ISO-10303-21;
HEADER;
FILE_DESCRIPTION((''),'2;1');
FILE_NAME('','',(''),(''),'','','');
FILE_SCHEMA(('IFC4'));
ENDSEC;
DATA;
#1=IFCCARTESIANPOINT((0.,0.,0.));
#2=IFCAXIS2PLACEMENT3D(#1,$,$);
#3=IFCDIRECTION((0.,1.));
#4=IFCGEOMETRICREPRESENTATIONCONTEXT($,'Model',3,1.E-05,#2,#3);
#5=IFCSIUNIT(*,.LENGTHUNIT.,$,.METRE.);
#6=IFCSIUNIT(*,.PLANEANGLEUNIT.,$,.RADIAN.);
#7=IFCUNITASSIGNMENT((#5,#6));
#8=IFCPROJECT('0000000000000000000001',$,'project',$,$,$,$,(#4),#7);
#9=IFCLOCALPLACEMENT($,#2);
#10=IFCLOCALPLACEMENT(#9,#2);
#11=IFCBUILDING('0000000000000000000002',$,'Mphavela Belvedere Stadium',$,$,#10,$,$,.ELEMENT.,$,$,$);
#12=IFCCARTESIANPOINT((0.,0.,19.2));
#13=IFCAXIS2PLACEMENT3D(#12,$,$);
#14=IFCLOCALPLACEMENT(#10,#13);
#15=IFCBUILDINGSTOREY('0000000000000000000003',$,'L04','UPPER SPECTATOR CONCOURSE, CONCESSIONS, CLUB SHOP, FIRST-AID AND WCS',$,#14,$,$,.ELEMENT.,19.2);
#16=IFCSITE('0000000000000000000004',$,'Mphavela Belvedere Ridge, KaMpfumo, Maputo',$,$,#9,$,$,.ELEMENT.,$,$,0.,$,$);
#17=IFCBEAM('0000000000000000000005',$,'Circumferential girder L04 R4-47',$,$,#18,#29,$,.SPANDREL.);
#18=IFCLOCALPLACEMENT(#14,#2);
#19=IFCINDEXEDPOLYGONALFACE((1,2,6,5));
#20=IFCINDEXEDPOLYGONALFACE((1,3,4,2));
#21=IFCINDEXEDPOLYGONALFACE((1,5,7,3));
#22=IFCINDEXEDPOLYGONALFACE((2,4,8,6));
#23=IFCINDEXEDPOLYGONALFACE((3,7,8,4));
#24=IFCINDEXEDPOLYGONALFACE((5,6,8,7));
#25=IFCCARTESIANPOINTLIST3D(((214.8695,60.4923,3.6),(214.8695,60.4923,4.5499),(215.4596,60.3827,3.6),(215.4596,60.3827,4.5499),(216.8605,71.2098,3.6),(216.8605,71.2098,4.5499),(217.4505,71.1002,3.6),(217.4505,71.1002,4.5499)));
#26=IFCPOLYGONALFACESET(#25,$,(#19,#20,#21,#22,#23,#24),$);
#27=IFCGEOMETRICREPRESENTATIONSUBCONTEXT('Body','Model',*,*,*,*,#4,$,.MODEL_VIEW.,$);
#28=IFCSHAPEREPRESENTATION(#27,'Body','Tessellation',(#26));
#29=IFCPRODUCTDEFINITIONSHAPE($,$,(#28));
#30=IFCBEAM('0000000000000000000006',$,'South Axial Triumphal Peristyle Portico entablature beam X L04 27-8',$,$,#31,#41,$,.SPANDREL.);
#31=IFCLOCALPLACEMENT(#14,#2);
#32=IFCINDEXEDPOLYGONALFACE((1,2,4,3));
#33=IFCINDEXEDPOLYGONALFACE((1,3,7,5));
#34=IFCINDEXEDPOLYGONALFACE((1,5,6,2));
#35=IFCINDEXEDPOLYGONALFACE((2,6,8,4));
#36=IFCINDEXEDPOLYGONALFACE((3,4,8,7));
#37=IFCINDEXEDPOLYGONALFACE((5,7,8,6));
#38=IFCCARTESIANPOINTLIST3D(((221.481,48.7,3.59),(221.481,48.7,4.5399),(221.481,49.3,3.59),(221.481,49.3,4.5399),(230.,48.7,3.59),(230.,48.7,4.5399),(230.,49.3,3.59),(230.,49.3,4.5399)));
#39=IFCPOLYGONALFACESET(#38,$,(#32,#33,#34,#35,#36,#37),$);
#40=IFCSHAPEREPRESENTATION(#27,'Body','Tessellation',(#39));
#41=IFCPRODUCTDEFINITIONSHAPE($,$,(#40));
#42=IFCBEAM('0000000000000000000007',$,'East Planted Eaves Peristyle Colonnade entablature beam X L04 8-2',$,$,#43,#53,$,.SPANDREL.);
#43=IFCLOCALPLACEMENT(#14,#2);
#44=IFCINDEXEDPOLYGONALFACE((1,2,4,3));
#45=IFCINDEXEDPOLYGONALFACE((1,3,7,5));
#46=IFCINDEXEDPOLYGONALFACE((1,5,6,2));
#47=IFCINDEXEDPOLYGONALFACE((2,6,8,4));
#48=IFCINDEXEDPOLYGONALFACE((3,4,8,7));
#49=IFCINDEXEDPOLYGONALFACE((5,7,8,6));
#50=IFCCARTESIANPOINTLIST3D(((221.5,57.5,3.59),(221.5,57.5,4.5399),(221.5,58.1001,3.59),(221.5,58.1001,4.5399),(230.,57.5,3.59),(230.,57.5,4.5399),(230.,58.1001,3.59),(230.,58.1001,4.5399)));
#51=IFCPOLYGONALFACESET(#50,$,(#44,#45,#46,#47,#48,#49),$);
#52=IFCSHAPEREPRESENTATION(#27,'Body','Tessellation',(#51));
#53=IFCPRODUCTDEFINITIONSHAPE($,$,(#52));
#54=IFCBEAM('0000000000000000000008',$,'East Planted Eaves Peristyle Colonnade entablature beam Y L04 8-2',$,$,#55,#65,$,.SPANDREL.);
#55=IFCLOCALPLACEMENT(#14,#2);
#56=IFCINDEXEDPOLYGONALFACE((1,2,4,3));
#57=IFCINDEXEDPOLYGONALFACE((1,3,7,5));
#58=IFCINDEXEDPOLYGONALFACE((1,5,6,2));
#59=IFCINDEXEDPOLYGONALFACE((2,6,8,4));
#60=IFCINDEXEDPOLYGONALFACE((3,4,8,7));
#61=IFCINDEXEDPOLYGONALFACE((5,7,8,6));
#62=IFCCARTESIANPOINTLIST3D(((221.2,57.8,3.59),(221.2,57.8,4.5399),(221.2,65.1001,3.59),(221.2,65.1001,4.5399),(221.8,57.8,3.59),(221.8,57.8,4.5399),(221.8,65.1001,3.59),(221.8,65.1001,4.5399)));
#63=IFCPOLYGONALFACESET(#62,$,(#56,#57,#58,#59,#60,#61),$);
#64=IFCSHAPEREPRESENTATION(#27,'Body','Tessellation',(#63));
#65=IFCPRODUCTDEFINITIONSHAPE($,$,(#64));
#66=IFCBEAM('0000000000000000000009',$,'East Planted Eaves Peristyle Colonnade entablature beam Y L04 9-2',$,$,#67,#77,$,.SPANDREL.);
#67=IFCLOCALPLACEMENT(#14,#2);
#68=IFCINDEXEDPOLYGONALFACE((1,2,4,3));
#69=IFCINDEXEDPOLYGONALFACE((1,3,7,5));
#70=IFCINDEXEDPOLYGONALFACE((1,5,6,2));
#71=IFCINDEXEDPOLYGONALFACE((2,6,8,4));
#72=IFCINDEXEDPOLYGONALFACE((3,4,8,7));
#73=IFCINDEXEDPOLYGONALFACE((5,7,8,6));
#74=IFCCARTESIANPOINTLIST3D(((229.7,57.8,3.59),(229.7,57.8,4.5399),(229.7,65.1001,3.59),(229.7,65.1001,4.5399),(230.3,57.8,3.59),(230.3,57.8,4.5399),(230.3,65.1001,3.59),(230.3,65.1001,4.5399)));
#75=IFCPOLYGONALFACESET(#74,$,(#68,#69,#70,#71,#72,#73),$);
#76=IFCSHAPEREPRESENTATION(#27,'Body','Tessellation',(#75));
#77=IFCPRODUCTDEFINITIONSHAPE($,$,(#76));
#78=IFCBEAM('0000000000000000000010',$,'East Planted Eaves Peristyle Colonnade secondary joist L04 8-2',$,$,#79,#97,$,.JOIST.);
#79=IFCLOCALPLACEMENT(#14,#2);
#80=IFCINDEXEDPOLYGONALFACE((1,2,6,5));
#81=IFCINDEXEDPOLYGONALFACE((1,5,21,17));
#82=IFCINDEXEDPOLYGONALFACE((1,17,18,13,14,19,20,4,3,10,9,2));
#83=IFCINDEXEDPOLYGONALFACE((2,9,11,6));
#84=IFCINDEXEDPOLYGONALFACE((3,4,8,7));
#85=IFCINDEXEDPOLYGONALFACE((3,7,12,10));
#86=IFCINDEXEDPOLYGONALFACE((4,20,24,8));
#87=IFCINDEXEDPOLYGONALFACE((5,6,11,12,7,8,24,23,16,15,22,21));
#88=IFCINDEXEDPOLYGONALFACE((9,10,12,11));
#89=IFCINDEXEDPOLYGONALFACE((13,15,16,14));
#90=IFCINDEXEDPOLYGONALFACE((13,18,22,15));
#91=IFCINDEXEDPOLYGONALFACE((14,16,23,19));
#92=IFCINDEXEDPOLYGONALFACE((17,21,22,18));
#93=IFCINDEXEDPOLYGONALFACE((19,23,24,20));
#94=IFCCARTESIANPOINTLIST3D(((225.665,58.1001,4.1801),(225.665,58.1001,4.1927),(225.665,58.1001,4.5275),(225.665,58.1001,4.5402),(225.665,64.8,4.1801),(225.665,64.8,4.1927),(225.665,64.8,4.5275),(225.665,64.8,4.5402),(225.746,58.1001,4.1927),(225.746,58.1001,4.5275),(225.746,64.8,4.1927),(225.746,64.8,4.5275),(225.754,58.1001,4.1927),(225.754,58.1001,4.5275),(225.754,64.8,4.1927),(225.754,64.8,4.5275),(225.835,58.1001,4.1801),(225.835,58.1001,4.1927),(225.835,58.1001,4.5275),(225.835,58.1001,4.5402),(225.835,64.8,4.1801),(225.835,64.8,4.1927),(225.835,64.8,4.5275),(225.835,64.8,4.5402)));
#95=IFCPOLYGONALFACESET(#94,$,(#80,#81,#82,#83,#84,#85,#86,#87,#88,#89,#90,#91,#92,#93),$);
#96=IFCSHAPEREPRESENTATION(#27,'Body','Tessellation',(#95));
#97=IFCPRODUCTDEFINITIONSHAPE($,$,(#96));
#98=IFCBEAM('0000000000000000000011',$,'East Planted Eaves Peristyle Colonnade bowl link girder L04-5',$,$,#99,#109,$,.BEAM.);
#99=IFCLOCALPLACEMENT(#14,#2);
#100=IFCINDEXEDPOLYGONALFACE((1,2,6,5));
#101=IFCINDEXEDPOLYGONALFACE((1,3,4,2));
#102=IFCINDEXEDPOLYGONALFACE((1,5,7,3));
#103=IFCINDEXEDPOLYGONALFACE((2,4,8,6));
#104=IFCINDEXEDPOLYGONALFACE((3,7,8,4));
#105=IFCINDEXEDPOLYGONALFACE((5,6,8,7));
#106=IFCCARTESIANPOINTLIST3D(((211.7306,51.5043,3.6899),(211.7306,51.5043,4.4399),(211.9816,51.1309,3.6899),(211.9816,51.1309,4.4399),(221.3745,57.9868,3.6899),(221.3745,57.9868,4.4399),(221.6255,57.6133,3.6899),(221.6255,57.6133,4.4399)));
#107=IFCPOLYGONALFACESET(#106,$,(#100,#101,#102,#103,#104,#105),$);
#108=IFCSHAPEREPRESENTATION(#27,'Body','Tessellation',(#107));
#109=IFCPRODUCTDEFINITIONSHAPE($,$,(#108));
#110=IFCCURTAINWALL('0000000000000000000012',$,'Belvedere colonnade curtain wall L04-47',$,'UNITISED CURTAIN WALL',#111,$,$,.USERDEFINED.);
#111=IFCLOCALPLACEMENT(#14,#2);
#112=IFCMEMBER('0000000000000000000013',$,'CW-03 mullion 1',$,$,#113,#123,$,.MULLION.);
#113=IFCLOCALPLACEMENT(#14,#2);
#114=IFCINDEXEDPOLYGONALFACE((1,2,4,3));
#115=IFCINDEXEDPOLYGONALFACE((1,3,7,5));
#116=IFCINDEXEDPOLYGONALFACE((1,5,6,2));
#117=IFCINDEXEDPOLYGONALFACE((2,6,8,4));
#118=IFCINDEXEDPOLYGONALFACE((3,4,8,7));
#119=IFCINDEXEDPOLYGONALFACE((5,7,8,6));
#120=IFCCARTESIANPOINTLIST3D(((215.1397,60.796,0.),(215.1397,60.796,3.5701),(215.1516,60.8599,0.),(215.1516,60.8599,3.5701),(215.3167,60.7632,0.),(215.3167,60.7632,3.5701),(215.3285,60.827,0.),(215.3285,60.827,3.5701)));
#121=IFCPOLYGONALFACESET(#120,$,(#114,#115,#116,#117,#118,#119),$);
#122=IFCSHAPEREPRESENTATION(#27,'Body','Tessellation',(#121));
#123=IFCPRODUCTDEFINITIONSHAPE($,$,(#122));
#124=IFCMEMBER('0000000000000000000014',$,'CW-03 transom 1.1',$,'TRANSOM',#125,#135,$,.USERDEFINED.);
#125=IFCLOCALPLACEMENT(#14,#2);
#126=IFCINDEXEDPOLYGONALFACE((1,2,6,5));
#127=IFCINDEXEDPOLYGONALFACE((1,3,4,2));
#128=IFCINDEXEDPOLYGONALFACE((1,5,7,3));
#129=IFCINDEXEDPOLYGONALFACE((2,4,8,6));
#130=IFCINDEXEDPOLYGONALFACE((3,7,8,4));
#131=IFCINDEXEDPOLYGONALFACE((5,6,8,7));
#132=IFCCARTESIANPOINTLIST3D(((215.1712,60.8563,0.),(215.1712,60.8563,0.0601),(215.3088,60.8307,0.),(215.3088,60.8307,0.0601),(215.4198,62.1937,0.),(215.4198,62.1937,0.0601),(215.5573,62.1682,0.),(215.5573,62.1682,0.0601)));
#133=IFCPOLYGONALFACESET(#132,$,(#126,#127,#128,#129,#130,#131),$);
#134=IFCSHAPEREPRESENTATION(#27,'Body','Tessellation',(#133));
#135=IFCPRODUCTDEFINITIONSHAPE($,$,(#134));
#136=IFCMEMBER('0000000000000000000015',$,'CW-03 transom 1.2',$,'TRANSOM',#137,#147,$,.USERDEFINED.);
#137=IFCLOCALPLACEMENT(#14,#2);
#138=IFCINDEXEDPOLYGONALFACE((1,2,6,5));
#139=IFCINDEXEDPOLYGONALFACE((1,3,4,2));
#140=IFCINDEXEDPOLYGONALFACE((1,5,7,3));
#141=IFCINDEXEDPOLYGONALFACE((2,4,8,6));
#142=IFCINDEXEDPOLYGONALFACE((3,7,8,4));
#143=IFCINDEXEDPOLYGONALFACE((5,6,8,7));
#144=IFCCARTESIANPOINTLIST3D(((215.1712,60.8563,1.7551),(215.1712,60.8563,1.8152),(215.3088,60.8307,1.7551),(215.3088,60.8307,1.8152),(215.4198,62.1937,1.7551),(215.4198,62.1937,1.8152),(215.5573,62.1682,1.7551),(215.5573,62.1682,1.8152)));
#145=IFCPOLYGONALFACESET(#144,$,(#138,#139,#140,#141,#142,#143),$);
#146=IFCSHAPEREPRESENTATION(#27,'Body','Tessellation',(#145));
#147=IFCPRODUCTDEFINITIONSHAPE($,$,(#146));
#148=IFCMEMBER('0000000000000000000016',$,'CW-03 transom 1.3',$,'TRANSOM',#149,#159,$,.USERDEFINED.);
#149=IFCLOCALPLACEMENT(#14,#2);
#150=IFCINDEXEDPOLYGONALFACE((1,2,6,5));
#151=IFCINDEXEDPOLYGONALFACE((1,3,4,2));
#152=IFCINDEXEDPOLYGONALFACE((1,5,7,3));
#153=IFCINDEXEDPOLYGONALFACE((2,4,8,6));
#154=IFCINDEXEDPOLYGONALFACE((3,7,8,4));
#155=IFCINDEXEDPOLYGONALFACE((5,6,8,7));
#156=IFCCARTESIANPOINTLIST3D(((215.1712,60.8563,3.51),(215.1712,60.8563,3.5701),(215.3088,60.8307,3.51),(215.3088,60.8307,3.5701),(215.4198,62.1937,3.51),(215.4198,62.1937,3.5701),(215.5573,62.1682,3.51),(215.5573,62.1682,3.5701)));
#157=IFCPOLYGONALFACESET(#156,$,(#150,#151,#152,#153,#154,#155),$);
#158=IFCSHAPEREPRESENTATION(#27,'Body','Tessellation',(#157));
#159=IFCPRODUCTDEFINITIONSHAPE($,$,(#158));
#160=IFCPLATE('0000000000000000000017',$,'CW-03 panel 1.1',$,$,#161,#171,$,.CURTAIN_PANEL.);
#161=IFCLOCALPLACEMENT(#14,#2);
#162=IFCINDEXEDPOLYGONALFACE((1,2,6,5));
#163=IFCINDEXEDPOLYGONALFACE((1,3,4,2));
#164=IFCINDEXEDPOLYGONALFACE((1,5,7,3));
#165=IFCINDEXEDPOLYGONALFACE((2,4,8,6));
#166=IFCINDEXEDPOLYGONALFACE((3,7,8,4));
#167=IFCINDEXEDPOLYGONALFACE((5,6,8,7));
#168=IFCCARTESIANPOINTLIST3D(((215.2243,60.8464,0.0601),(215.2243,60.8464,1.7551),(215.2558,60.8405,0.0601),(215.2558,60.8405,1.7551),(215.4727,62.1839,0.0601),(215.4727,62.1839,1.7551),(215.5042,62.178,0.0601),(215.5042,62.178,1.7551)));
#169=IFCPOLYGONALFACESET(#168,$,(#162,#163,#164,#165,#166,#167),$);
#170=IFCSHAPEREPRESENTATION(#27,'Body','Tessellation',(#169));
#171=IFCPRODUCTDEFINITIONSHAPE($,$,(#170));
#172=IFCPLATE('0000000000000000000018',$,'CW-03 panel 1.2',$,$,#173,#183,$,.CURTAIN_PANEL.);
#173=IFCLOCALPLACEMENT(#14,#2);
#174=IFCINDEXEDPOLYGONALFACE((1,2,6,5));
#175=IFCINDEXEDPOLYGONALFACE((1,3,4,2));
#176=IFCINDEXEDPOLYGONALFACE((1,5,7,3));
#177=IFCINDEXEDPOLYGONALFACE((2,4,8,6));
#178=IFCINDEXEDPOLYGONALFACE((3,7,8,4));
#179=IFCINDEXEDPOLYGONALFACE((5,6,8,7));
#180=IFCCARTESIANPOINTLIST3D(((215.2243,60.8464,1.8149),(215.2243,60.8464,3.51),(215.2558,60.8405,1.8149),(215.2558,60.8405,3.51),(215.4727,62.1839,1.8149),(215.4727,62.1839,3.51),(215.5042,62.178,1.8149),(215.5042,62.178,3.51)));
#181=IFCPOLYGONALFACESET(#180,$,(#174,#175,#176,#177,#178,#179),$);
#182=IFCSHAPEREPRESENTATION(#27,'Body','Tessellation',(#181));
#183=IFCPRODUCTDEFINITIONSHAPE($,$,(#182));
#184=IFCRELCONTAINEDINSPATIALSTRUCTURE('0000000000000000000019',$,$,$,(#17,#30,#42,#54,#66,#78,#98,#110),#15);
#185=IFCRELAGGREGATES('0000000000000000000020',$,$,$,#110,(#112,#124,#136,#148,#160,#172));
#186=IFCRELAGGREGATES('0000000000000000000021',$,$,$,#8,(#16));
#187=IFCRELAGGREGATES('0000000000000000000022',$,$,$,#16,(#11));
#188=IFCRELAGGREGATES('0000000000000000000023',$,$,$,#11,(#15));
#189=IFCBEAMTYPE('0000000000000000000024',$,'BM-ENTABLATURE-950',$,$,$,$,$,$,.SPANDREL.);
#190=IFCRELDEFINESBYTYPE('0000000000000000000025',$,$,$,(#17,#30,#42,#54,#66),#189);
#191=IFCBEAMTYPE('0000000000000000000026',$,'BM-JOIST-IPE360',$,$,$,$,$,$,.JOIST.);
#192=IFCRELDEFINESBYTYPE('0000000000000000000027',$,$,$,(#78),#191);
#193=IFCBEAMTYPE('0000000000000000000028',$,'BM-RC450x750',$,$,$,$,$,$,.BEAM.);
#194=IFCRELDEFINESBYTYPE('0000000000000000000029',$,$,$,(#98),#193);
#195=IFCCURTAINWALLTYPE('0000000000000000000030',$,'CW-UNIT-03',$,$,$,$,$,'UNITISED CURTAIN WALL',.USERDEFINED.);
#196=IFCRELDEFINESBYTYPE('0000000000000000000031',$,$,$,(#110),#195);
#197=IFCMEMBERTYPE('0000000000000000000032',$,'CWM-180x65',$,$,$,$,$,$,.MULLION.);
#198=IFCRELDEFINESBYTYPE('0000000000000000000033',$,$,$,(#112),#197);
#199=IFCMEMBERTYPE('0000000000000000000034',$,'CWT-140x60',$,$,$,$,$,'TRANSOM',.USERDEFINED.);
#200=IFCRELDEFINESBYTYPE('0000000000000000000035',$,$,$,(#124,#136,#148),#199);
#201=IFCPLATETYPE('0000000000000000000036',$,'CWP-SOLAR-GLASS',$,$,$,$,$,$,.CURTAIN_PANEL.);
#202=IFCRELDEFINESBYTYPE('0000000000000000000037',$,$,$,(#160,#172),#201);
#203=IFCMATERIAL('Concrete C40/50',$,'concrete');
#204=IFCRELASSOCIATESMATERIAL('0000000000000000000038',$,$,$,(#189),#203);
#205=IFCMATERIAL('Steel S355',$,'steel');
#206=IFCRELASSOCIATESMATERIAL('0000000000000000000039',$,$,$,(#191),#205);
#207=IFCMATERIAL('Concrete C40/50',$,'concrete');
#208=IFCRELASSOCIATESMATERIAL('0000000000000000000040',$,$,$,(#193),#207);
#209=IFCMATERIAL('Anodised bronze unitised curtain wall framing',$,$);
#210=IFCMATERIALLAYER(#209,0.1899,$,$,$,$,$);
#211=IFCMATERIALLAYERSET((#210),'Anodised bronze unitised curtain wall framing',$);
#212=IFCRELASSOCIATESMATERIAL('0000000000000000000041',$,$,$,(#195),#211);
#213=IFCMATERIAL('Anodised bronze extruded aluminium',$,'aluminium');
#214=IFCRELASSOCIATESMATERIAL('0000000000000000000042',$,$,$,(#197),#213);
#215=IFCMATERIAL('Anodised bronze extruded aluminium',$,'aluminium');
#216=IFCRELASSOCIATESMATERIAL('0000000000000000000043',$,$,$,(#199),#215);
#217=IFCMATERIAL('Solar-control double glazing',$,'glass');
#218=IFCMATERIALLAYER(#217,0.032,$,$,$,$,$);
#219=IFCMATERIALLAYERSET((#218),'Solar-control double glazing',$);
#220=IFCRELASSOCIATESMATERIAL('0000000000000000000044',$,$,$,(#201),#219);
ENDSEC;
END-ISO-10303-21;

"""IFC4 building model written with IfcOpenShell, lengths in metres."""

from ifc_helpers import new_model, si_unit, direction, frame, origin, origin_2d, place, context, subcontext, project, spatial, rectangle, i_section, extrude, material, layer, layer_set, material_profile, profile_set, type_object, element, aggregate, save


model = new_model("IFC4")

# Units and contexts
model_context = context("Model", 3, precision=1e-05, world=origin(), true_north=direction((0.0, 1.0)))
body_context = subcontext(model_context, "Body", "Model", "MODEL_VIEW")
ifc_project = project(units=[si_unit("LENGTHUNIT", "METRE"), si_unit("PLANEANGLEUNIT", "RADIAN")], contexts=[model_context])

# Site, building, storey
site_placement = place(None, origin())
site = spatial("IfcSite", under=ifc_project, at=site_placement, Name="Mphavela Belvedere Ridge, KaMpfumo, Maputo", CompositionType="ELEMENT", RefElevation=0.0)
building_placement = place(site_placement, origin())
building = spatial("IfcBuilding", under=site, at=building_placement, Name="Mphavela Belvedere Stadium", CompositionType="ELEMENT")
storey_placement = place(building_placement, frame((0.0, 0.0, 19.2)))
storey = spatial("IfcBuildingStorey", under=building, at=storey_placement, Name="L04", Description="UPPER SPECTATOR CONCOURSE, CONCESSIONS, CLUB SHOP, FIRST-AID AND WCS", CompositionType="ELEMENT", Elevation=19.2)

# Beams
ifc_material_1 = material(Name="Concrete C40/50", Category="concrete")
ifc_material_profile_1 = material_profile(ifc_material_1, rectangle(XDim=0.6001, YDim=0.95, at=origin_2d()), Name="RC 600x950")
ifc_profile_set_1 = profile_set([ifc_material_profile_1], Name="Concrete C40/50")
beam_type_1 = type_object("IfcBeamType", Name="BM-ENTABLATURE-950", PredefinedType="SPANDREL", material=ifc_profile_set_1)
beam_1_placement = place(storey_placement, frame((215.1646, 60.4375, 4.075), z_axis=(0.182643, 0.983179, 0.0), x_axis=(-0.983179, 0.182643, 0.0)))
element("IfcBeam", 1, at=beam_1_placement, inside=storey, type_object=beam_type_1, Name="Circumferential girder L04 R4-47", PredefinedType="SPANDREL", context=body_context, shape_type="SweptSolid", body=[
    extrude(rectangle(XDim=0.6001, YDim=0.95, at=origin_2d()), origin(), (0.0, 0.0, 1.0), 10.9009),
])
beam_2_placement = place(storey_placement, frame((221.481, 49.0, 4.0649), z_axis=(1.0, 0.0, 0.0), x_axis=(0.0, 1.0, 0.0)))
element("IfcBeam", 2, at=beam_2_placement, inside=storey, type_object=beam_type_1, Name="South Axial Triumphal Peristyle Portico entablature beam X L04 27-8", PredefinedType="SPANDREL", context=body_context, shape_type="SweptSolid", body=[
    extrude(rectangle(XDim=0.6001, YDim=0.95, at=origin_2d()), origin(), (0.0, 0.0, 1.0), 8.519),
])
beam_3_placement = place(storey_placement, frame((221.5, 57.8, 4.0649), z_axis=(1.0, 0.0, 0.0), x_axis=(0.0, 1.0, 0.0)))
element("IfcBeam", 3, at=beam_3_placement, inside=storey, type_object=beam_type_1, Name="East Planted Eaves Peristyle Colonnade entablature beam X L04 8-2", PredefinedType="SPANDREL", context=body_context, shape_type="SweptSolid", body=[
    extrude(rectangle(XDim=0.6001, YDim=0.95, at=origin_2d()), origin(), (0.0, 0.0, 1.0), 8.5),
])
for number, where, z_axis, x_axis, name in (
    (4, (221.5, 57.8, 4.0649), (0.0, 1.0, 0.0), (-1.0, 0.0, 0.0), "East Planted Eaves Peristyle Colonnade entablature beam Y L04 8-2"),
    (5, (230.0, 57.8, 4.0649), (0.0, 1.0, 0.0), (-1.0, 0.0, 0.0), "East Planted Eaves Peristyle Colonnade entablature beam Y L04 9-2"),
):
    element("IfcBeam", number, at=place(storey_placement, frame(where, z_axis=z_axis, x_axis=x_axis)), inside=storey, type_object=beam_type_1, Name=name, PredefinedType="SPANDREL", context=body_context, shape_type="SweptSolid", body=[
        extrude(rectangle(XDim=0.6001, YDim=0.95, at=origin_2d()), origin(), (0.0, 0.0, 1.0), 7.3),
    ])
ifc_material_2 = material(Name="Steel S355", Category="steel")
ifc_material_profile_2 = material_profile(ifc_material_2, i_section(OverallWidth=0.1699, OverallDepth=0.3601, WebThickness=0.0081, FlangeThickness=0.0127, at=origin_2d()), Name="IPE 360")
ifc_profile_set_2 = profile_set([ifc_material_profile_2], Name="Steel S355")
beam_type_2 = type_object("IfcBeamType", Name="BM-JOIST-IPE360", PredefinedType="JOIST", material=ifc_profile_set_2)
beam_4_placement = place(storey_placement, frame((225.75, 58.1001, 4.3601), z_axis=(0.0, 1.0, 0.0), x_axis=(-1.0, 0.0, 0.0)))
element("IfcBeam", 6, at=beam_4_placement, inside=storey, type_object=beam_type_2, Name="East Planted Eaves Peristyle Colonnade secondary joist L04 8-2", PredefinedType="JOIST", context=body_context, shape_type="SweptSolid", body=[
    extrude(i_section(OverallWidth=0.1699, OverallDepth=0.3601, WebThickness=0.0081, FlangeThickness=0.0127, at=origin_2d()), origin(), (0.0, 0.0, 1.0), 6.7),
])
ifc_material_3 = material(Name="Concrete C40/50", Category="concrete")
ifc_material_profile_3 = material_profile(ifc_material_3, rectangle(XDim=0.45, YDim=0.75, at=origin_2d()), Name="RC 450x750")
ifc_profile_set_3 = profile_set([ifc_material_profile_3], Name="Concrete C40/50")
beam_type_3 = type_object("IfcBeamType", Name="BM-RC450x750", PredefinedType="BEAM", material=ifc_profile_set_3)
beam_5_placement = place(storey_placement, frame((221.5, 57.8, 4.0649), z_axis=(-0.82993, -0.557867, 0.0), x_axis=(0.557867, -0.82993, 0.0)))
element("IfcBeam", 7, at=beam_5_placement, inside=storey, type_object=beam_type_3, Name="East Planted Eaves Peristyle Colonnade bowl link girder L04-5", PredefinedType="BEAM", context=body_context, shape_type="SweptSolid", body=[
    extrude(rectangle(XDim=0.45, YDim=0.75, at=origin_2d()), origin(), (0.0, 0.0, 1.0), 11.6201),
])

# Curtain wall, members, plates
ifc_material_4 = material(Name="Anodised bronze unitised curtain wall framing")
ifc_layer_1 = layer(ifc_material_4, 0.1899)
ifc_layer_set_1 = layer_set([ifc_layer_1], Name="Anodised bronze unitised curtain wall framing")
curtain_wall_type = type_object("IfcCurtainWallType", Name="CW-UNIT-03", ElementType="UNITISED CURTAIN WALL", PredefinedType="USERDEFINED", material=ifc_layer_set_1)
curtain_wall_placement = place(storey_placement, origin())
curtain_wall = element("IfcCurtainWall", 8, at=curtain_wall_placement, inside=storey, type_object=curtain_wall_type, Name="Belvedere colonnade curtain wall L04-47", ObjectType="UNITISED CURTAIN WALL", PredefinedType="USERDEFINED")
ifc_material_5 = material(Name="Anodised bronze extruded aluminium", Category="aluminium")
ifc_material_profile_4 = material_profile(ifc_material_5, rectangle(XDim=0.1799, YDim=0.0649, at=origin_2d()), Name="CW-MUL 180x65")
ifc_profile_set_4 = profile_set([ifc_material_profile_4], Name="Anodised bronze extruded aluminium")
member_type_1 = type_object("IfcMemberType", Name="CWM-180x65", PredefinedType="MULLION", material=ifc_profile_set_4)
member_1_placement = place(storey_placement, frame((215.2341, 60.8115, 0.0), z_axis=(0.0, 0.0, 1.0), x_axis=(-0.983184, 0.182618, 0.0)))
member_1 = element("IfcMember", 9, at=member_1_placement, type_object=member_type_1, Name="CW-03 mullion 1", PredefinedType="MULLION", context=body_context, shape_type="SweptSolid", body=[
    extrude(rectangle(XDim=0.1799, YDim=0.0649, at=origin_2d()), origin(), (0.0, 0.0, 1.0), 3.5701),
])
ifc_material_6 = material(Name="Anodised bronze extruded aluminium", Category="aluminium")
ifc_material_profile_5 = material_profile(ifc_material_6, rectangle(XDim=0.1399, YDim=0.0601, at=origin_2d()), Name="CW-TRN 140x60")
ifc_profile_set_5 = profile_set([ifc_material_profile_5], Name="Anodised bronze extruded aluminium")
member_type_2 = type_object("IfcMemberType", Name="CWT-140x60", ElementType="TRANSOM", PredefinedType="USERDEFINED", material=ifc_profile_set_5)
member_2_placement = place(storey_placement, frame((215.24, 60.8435, 0.03), z_axis=(0.182706, 0.983168, 0.0), x_axis=(-0.983168, 0.182706, 0.0)))
member_2 = element("IfcMember", 10, at=member_2_placement, type_object=member_type_2, Name="CW-03 transom 1.1", ObjectType="TRANSOM", PredefinedType="USERDEFINED", context=body_context, shape_type="SweptSolid", body=[
    extrude(rectangle(XDim=0.1399, YDim=0.0601, at=origin_2d()), origin(), (0.0, 0.0, 1.0), 1.3604),
])
member_3_placement = place(storey_placement, frame((215.24, 60.8435, 1.7852), z_axis=(0.182706, 0.983168, 0.0), x_axis=(-0.983168, 0.182706, 0.0)))
member_3 = element("IfcMember", 11, at=member_3_placement, type_object=member_type_2, Name="CW-03 transom 1.2", ObjectType="TRANSOM", PredefinedType="USERDEFINED", context=body_context, shape_type="SweptSolid", body=[
    extrude(rectangle(XDim=0.1399, YDim=0.0601, at=origin_2d()), origin(), (0.0, 0.0, 1.0), 1.3604),
])
member_4_placement = place(storey_placement, frame((215.24, 60.8435, 3.54), z_axis=(0.182706, 0.983168, 0.0), x_axis=(-0.983168, 0.182706, 0.0)))
member_4 = element("IfcMember", 12, at=member_4_placement, type_object=member_type_2, Name="CW-03 transom 1.3", ObjectType="TRANSOM", PredefinedType="USERDEFINED", context=body_context, shape_type="SweptSolid", body=[
    extrude(rectangle(XDim=0.1399, YDim=0.0601, at=origin_2d()), origin(), (0.0, 0.0, 1.0), 1.3604),
])
ifc_material_7 = material(Name="Solar-control double glazing", Category="glass")
ifc_layer_2 = layer(ifc_material_7, 0.032)
ifc_layer_set_2 = layer_set([ifc_layer_2], Name="Solar-control double glazing")
plate_type = type_object("IfcPlateType", Name="CWP-SOLAR-GLASS", PredefinedType="CURTAIN_PANEL", material=ifc_layer_set_2)
plate_1_placement = place(storey_placement, frame((215.3643, 61.5122, 0.0601), z_axis=(0.0, 0.0, 1.0), x_axis=(0.182618, 0.983184, 0.0)))
plate_1 = element("IfcPlate", 13, at=plate_1_placement, type_object=plate_type, Name="CW-03 panel 1.1", PredefinedType="CURTAIN_PANEL", context=body_context, shape_type="SweptSolid", body=[
    extrude(rectangle(XDim=1.3604, YDim=0.032, at=origin_2d()), origin(), (0.0, 0.0, 1.0), 1.6951),
])
plate_2_placement = place(storey_placement, frame((215.3643, 61.5122, 1.8149), z_axis=(0.0, 0.0, 1.0), x_axis=(0.182618, 0.983184, 0.0)))
plate_2 = element("IfcPlate", 14, at=plate_2_placement, type_object=plate_type, Name="CW-03 panel 1.2", PredefinedType="CURTAIN_PANEL", context=body_context, shape_type="SweptSolid", body=[
    extrude(rectangle(XDim=1.3604, YDim=0.032, at=origin_2d()), origin(), (0.0, 0.0, 1.0), 1.6951),
])
aggregate(curtain_wall, [member_1, member_2, member_3, member_4, plate_1, plate_2])

save(model, "model.ifc")
